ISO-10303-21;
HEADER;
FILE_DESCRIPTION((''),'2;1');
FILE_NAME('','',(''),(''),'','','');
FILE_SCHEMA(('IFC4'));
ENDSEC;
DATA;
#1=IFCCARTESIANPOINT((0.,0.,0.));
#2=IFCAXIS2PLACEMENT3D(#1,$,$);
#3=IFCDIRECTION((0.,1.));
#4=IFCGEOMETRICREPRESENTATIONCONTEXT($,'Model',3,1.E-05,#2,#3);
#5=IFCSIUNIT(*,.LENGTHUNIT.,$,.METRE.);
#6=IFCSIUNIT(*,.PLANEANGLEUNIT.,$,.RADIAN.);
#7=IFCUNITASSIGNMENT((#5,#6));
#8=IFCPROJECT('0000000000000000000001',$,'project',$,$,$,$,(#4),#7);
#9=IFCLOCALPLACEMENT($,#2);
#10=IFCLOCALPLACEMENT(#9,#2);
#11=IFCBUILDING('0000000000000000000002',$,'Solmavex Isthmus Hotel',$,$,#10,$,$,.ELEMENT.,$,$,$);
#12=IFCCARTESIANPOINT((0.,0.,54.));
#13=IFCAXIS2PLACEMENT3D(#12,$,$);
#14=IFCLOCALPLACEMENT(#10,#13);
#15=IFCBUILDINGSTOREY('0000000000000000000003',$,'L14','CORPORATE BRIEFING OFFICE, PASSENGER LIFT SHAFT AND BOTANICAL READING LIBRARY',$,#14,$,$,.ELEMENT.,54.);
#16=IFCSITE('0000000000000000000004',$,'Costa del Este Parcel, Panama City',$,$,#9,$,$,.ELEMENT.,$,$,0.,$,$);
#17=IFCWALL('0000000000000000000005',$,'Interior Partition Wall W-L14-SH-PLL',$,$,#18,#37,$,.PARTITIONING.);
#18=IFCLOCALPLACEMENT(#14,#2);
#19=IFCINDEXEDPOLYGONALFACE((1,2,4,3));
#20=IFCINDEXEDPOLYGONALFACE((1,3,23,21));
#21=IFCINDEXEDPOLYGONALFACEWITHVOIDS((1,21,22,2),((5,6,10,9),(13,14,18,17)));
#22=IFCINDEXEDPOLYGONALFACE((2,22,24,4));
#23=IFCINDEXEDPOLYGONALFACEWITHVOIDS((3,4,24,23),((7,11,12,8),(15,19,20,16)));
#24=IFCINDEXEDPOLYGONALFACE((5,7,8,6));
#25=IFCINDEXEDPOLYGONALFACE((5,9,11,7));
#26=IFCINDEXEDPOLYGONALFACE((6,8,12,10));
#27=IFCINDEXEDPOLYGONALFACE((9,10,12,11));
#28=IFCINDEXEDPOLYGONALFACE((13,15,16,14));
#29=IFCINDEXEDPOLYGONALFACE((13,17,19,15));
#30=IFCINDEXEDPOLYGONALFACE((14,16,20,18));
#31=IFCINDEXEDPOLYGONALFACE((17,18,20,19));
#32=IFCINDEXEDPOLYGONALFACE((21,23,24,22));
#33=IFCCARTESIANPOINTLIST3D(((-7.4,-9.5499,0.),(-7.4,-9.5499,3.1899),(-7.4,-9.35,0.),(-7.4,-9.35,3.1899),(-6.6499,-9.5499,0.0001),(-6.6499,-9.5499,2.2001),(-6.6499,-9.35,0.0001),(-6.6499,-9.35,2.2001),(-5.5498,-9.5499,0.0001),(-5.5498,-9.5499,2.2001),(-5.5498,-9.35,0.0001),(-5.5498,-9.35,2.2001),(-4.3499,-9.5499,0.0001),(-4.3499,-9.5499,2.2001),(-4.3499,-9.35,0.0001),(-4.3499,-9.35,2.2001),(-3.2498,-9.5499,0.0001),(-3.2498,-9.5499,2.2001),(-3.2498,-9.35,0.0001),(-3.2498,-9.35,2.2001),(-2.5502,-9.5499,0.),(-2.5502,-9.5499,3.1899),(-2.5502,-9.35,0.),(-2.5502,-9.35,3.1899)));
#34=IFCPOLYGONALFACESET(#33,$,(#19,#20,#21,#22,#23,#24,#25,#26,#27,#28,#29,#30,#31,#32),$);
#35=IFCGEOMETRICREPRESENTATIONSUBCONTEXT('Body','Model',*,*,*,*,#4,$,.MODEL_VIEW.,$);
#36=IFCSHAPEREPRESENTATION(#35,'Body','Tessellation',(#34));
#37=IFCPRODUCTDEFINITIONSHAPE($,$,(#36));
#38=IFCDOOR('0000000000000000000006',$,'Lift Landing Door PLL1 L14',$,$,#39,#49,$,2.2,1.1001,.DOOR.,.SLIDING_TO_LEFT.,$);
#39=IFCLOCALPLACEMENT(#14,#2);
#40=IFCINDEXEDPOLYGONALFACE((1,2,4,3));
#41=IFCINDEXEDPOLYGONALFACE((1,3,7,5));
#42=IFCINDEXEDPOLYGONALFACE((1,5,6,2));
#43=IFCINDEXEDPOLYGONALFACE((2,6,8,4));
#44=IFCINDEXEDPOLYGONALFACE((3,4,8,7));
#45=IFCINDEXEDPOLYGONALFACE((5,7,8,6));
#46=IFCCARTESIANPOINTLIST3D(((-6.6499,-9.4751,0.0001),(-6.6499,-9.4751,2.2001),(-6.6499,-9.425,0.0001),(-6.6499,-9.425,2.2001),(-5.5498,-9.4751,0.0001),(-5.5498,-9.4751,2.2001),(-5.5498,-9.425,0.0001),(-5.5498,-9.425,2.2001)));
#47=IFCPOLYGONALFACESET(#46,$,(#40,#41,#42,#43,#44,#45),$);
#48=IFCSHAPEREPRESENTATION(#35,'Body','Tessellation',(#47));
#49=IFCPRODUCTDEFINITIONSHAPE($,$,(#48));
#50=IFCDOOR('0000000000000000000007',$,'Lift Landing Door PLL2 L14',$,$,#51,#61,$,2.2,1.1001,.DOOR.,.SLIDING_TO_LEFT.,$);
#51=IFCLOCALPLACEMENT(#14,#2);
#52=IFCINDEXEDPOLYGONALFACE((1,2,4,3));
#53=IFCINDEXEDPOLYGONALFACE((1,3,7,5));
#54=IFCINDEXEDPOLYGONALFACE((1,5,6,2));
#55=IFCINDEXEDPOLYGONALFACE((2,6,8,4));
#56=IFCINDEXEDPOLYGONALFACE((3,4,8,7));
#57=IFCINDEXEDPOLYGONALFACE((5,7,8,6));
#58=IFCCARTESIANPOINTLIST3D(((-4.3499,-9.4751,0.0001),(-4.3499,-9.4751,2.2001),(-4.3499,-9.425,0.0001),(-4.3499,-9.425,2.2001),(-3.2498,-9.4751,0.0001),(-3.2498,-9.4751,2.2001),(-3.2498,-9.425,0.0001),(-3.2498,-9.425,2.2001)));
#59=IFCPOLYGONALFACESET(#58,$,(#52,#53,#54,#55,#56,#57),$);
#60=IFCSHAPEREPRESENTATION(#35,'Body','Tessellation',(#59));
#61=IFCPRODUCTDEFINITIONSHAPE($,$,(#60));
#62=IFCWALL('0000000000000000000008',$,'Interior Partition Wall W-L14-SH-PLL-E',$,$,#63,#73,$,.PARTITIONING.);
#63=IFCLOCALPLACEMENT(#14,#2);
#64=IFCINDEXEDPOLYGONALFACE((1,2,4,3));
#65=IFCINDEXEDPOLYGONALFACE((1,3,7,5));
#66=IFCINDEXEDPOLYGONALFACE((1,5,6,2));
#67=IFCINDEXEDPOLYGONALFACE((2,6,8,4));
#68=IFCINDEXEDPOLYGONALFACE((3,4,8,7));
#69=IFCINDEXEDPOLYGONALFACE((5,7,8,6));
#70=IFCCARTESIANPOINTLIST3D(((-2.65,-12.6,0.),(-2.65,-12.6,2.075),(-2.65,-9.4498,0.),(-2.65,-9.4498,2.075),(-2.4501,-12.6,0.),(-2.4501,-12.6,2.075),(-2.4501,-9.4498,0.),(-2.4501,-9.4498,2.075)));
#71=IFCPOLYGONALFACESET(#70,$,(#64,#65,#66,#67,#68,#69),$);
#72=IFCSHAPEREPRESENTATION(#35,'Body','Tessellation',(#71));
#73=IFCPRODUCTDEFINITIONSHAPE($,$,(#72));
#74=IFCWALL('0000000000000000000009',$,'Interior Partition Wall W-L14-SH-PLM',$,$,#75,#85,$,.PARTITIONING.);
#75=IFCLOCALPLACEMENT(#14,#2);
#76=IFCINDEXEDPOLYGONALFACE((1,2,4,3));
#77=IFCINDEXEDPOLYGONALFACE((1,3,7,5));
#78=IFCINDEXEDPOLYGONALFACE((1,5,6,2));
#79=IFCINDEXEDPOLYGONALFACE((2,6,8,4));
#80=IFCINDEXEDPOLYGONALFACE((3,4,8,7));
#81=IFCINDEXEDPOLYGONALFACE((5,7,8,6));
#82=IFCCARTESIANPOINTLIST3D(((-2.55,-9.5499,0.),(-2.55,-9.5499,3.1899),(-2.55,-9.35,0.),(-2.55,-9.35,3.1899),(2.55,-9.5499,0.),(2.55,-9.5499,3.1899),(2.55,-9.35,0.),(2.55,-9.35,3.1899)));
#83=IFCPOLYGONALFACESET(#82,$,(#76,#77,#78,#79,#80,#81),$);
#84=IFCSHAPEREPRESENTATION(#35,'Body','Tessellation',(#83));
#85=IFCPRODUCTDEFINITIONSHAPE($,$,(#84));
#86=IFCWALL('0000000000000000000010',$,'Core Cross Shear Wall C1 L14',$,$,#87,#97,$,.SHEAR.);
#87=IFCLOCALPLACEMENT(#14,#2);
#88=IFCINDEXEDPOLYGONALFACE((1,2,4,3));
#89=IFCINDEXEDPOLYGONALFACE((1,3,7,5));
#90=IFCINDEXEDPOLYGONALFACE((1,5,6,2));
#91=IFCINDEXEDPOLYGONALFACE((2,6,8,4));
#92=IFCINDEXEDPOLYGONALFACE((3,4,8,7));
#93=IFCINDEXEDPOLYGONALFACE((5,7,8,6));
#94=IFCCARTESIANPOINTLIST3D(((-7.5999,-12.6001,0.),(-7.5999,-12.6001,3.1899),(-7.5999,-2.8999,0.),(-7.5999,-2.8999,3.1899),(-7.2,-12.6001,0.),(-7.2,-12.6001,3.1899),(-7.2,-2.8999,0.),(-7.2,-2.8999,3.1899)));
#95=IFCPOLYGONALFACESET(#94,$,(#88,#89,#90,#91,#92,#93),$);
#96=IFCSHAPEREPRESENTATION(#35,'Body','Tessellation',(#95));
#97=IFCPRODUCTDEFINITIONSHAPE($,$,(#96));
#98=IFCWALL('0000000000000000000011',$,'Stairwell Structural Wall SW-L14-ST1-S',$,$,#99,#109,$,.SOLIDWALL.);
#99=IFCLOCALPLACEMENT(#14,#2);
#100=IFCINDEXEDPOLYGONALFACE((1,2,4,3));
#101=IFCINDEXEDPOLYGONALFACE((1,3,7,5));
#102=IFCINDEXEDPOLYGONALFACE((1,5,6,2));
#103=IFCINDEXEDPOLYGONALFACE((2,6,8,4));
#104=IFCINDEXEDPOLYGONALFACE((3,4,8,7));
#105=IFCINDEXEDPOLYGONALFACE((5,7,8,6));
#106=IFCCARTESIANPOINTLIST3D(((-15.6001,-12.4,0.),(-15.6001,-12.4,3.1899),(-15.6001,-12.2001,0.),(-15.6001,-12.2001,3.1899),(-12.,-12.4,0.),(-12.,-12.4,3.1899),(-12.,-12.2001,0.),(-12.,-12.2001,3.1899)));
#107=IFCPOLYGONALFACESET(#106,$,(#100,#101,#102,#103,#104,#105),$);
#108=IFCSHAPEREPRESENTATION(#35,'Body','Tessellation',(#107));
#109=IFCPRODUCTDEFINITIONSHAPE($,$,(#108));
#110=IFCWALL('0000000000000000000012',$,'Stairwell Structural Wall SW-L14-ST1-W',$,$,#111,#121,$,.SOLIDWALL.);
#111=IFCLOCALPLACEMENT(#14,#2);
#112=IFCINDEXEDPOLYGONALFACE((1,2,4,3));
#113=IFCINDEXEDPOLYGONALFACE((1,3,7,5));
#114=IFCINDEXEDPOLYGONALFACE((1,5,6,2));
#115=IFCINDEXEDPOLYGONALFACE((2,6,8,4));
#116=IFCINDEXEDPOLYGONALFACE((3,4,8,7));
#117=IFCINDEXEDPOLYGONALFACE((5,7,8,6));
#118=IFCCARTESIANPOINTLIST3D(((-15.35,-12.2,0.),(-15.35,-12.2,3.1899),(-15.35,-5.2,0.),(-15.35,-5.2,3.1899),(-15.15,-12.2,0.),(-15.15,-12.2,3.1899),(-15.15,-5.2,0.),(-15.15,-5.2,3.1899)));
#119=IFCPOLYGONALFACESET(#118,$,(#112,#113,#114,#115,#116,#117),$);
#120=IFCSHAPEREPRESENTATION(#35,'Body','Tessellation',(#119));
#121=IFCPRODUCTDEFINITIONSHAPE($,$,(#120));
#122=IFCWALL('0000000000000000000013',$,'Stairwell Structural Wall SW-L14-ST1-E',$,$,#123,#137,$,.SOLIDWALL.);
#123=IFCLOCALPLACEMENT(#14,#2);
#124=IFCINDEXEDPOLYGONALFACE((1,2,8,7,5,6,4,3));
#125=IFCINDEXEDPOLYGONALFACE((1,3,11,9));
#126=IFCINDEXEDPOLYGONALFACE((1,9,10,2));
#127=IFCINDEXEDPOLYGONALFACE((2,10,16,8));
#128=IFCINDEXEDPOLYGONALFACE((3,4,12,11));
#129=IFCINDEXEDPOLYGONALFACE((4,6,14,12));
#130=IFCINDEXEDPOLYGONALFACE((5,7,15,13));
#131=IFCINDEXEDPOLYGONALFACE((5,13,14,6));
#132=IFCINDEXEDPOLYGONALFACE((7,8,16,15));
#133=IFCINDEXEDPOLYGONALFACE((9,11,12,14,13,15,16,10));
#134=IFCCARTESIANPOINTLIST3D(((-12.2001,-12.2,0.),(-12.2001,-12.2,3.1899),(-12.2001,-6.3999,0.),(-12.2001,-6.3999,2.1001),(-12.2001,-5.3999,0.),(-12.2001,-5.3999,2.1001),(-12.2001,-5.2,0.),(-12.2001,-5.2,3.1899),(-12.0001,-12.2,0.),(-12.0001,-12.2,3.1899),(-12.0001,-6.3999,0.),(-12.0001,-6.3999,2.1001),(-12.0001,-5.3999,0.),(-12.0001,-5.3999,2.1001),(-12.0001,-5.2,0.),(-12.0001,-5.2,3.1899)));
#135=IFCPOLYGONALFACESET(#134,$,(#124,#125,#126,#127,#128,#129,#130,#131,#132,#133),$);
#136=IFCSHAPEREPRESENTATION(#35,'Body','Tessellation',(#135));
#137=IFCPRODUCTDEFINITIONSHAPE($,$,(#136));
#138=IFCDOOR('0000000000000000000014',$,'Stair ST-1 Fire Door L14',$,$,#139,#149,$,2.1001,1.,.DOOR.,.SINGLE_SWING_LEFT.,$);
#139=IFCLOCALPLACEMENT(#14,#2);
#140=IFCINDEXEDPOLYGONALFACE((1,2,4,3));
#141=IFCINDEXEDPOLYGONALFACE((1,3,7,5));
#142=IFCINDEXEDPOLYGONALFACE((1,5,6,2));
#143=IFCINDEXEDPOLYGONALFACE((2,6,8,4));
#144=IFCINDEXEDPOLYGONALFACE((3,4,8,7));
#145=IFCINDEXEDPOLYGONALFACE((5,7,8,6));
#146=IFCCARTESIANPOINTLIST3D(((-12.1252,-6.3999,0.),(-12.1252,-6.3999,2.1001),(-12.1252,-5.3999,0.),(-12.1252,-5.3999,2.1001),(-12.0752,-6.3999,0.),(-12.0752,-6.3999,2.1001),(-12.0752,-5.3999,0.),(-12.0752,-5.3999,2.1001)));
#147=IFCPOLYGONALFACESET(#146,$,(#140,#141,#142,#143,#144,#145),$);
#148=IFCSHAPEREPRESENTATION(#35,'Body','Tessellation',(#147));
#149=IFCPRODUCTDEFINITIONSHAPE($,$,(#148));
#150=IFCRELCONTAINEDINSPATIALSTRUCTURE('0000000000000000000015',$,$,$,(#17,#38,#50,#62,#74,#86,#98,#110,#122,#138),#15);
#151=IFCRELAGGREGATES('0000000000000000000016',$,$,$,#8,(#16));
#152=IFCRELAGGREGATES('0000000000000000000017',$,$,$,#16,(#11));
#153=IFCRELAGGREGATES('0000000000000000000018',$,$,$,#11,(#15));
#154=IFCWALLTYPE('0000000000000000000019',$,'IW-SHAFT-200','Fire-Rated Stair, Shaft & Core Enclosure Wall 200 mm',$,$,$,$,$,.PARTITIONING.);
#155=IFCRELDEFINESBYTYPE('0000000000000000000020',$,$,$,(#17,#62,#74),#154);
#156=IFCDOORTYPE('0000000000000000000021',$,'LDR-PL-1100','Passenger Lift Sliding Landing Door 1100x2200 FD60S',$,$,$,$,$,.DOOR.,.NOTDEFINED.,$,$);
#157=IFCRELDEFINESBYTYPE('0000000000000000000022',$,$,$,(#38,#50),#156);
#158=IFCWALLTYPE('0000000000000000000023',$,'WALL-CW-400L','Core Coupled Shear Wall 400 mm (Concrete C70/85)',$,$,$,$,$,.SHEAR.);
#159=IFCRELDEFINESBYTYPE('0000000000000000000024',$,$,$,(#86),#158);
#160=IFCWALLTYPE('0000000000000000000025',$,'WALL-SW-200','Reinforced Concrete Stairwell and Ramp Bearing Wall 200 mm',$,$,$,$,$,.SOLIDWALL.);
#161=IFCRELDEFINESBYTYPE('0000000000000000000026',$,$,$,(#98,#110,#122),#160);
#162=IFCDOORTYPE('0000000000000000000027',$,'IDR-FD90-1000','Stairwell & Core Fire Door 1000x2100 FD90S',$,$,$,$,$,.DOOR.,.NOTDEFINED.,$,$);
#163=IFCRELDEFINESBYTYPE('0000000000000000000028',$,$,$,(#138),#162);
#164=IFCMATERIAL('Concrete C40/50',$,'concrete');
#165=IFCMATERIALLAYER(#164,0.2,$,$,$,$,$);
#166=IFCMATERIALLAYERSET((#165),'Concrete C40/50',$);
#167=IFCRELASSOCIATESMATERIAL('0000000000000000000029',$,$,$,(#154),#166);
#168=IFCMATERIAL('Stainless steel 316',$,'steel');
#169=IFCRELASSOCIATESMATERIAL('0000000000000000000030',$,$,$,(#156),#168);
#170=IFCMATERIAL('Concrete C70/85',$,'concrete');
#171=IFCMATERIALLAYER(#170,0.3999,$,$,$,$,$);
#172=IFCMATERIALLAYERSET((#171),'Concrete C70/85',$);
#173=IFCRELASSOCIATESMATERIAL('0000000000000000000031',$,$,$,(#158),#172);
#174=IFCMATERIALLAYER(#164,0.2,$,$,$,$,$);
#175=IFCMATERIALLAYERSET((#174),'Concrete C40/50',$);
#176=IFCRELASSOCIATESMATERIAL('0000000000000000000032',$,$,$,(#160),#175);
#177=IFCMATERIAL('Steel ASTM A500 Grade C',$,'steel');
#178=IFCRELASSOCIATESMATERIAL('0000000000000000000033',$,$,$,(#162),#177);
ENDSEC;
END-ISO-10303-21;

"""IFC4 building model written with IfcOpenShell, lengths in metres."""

from ifc_helpers import new_model, si_unit, direction, frame, frame_2d, origin, place, context, subcontext, project, spatial, rectangle, extrude, material, layer, layer_set, type_object, element, fill, save


model = new_model("IFC4")

# Units and contexts
model_context = context("Model", 3, precision=1e-05, world=origin(), true_north=direction((0.0, 1.0)))
body_context = subcontext(model_context, "Body", "Model", "MODEL_VIEW")
ifc_project = project(units=[si_unit("LENGTHUNIT", "METRE"), si_unit("PLANEANGLEUNIT", "RADIAN")], contexts=[model_context])

# Site, building, storey
site_placement = place(None, origin())
site = spatial("IfcSite", under=ifc_project, at=site_placement, Name="Costa del Este Parcel, Panama City", CompositionType="ELEMENT", RefElevation=0.0)
building_placement = place(site_placement, origin())
building = spatial("IfcBuilding", under=site, at=building_placement, Name="Solmavex Isthmus Hotel", CompositionType="ELEMENT")
storey_placement = place(building_placement, frame((0.0, 0.0, 54.0)))
storey = spatial("IfcBuildingStorey", under=building, at=storey_placement, Name="L14", Description="CORPORATE BRIEFING OFFICE, PASSENGER LIFT SHAFT AND BOTANICAL READING LIBRARY", CompositionType="ELEMENT", Elevation=54.0)

# Shared definitions
ifc_material_1 = material(Name="Concrete C70/85", Category="concrete")

# Shared definitions
ifc_material_2 = material(Name="Concrete C40/50", Category="concrete")

# Shared definitions
ifc_layer_1 = layer(ifc_material_2, 0.2)
ifc_layer_set_1 = layer_set([ifc_layer_1], Name="Concrete C40/50")
wall_type_1 = type_object("IfcWallType", Name="IW-SHAFT-200", Description="Fire-Rated Stair, Shaft & Core Enclosure Wall 200 mm", PredefinedType="PARTITIONING", material=ifc_layer_set_1)
ifc_material_3 = material(Name="Stainless steel 316", Category="steel")

# Wall, openings, doors
wall_1_placement = place(storey_placement, frame((-7.3999, -9.45, 0.0), z_axis=(0.0, 0.0, 1.0), x_axis=(1.0, 0.0, 0.0)))
wall_1 = element("IfcWall", 1, at=wall_1_placement, inside=storey, type_object=wall_type_1, Name="Interior Partition Wall W-L14-SH-PLL", PredefinedType="PARTITIONING", context=body_context, shape_type="SweptSolid", body=[
    extrude(rectangle(XDim=4.8499, YDim=0.2, at=frame_2d((2.4248, 0.0))), origin(), (0.0, 0.0, 1.0), 3.1899),
])
opening_1_placement = place(wall_1_placement, frame((0.75, 0.0, 0.0)))
opening_1 = element("IfcOpeningElement", 2, at=opening_1_placement, cuts=wall_1, PredefinedType="OPENING", context=body_context, shape_type="SweptSolid", body=[
    extrude(rectangle(XDim=1.1001, YDim=2.2, at=frame_2d((0.55, 1.1001))), frame((0.0, 0.1099, 0.0), z_axis=(0.0, -1.0, 0.0), x_axis=(1.0, 0.0, 0.0)), (0.0, 0.0, 1.0), 0.22),
])
opening_2_placement = place(wall_1_placement, frame((3.05, 0.0, 0.0)))
opening_2 = element("IfcOpeningElement", 3, at=opening_2_placement, cuts=wall_1, PredefinedType="OPENING", context=body_context, shape_type="SweptSolid", body=[
    extrude(rectangle(XDim=1.1001, YDim=2.2, at=frame_2d((0.55, 1.1001))), frame((0.0, 0.1099, 0.0), z_axis=(0.0, -1.0, 0.0), x_axis=(1.0, 0.0, 0.0)), (0.0, 0.0, 1.0), 0.22),
])
door_type_1 = type_object("IfcDoorType", Name="LDR-PL-1100", Description="Passenger Lift Sliding Landing Door 1100x2200 FD60S", OperationType="NOTDEFINED", PredefinedType="DOOR", material=ifc_material_3)
door_1_placement = place(opening_1_placement, origin())
door_1 = element("IfcDoor", 4, at=door_1_placement, inside=storey, type_object=door_type_1, Name="Lift Landing Door PLL1 L14", OperationType="SLIDING_TO_LEFT", OverallHeight=2.2, OverallWidth=1.1001, PredefinedType="DOOR", context=body_context, shape_type="SweptSolid", body=[
    extrude(rectangle(XDim=1.1001, YDim=2.2, at=frame_2d((0.55, 1.1001))), frame((0.0, 0.0249, 0.0), z_axis=(0.0, -1.0, 0.0), x_axis=(1.0, 0.0, 0.0)), (0.0, 0.0, 1.0), 0.05),
])
fill(opening_1, door_1)
door_2_placement = place(opening_2_placement, origin())
door_2 = element("IfcDoor", 5, at=door_2_placement, inside=storey, type_object=door_type_1, Name="Lift Landing Door PLL2 L14", OperationType="SLIDING_TO_LEFT", OverallHeight=2.2, OverallWidth=1.1001, PredefinedType="DOOR", context=body_context, shape_type="SweptSolid", body=[
    extrude(rectangle(XDim=1.1001, YDim=2.2, at=frame_2d((0.55, 1.1001))), frame((0.0, 0.0249, 0.0), z_axis=(0.0, -1.0, 0.0), x_axis=(1.0, 0.0, 0.0)), (0.0, 0.0, 1.0), 0.05),
])
fill(opening_2, door_2)

# Walls
wall_2_placement = place(storey_placement, frame((-2.55, -12.6001, 0.0), z_axis=(0.0, 0.0, 1.0), x_axis=(0.0, 1.0, 0.0)))
element("IfcWall", 6, at=wall_2_placement, inside=storey, type_object=wall_type_1, Name="Interior Partition Wall W-L14-SH-PLL-E", PredefinedType="PARTITIONING", context=body_context, shape_type="SweptSolid", body=[
    extrude(rectangle(XDim=3.1501, YDim=0.2, at=frame_2d((1.5752, 0.0))), origin(), (0.0, 0.0, 1.0), 2.075),
])
wall_3_placement = place(storey_placement, frame((-2.55, -9.45, 0.0), z_axis=(0.0, 0.0, 1.0), x_axis=(1.0, 0.0, 0.0)))
element("IfcWall", 7, at=wall_3_placement, inside=storey, type_object=wall_type_1, Name="Interior Partition Wall W-L14-SH-PLM", PredefinedType="PARTITIONING", context=body_context, shape_type="SweptSolid", body=[
    extrude(rectangle(XDim=5.1001, YDim=0.2, at=frame_2d((2.55, 0.0))), origin(), (0.0, 0.0, 1.0), 3.1899),
])
ifc_layer_2 = layer(ifc_material_1, 0.3999)
ifc_layer_set_2 = layer_set([ifc_layer_2], Name="Concrete C70/85")
wall_type_2 = type_object("IfcWallType", Name="WALL-CW-400L", Description="Core Coupled Shear Wall 400 mm (Concrete C70/85)", PredefinedType="SHEAR", material=ifc_layer_set_2)
wall_4_placement = place(storey_placement, frame((-7.3999, -12.6001, 0.0), z_axis=(0.0, 0.0, 1.0), x_axis=(0.0, 1.0, 0.0)))
element("IfcWall", 8, at=wall_4_placement, inside=storey, type_object=wall_type_2, Name="Core Cross Shear Wall C1 L14", PredefinedType="SHEAR", context=body_context, shape_type="SweptSolid", body=[
    extrude(rectangle(XDim=9.7002, YDim=0.3999, at=frame_2d((4.8501, 0.0))), origin(), (0.0, 0.0, 1.0), 3.1899),
])
ifc_layer_3 = layer(ifc_material_2, 0.2)
ifc_layer_set_3 = layer_set([ifc_layer_3], Name="Concrete C40/50")
wall_type_3 = type_object("IfcWallType", Name="WALL-SW-200", Description="Reinforced Concrete Stairwell and Ramp Bearing Wall 200 mm", PredefinedType="SOLIDWALL", material=ifc_layer_set_3)
wall_5_placement = place(storey_placement, frame((-15.6001, -12.3, 0.0), z_axis=(0.0, 0.0, 1.0), x_axis=(1.0, 0.0, 0.0)))
element("IfcWall", 9, at=wall_5_placement, inside=storey, type_object=wall_type_3, Name="Stairwell Structural Wall SW-L14-ST1-S", PredefinedType="SOLIDWALL", context=body_context, shape_type="SweptSolid", body=[
    extrude(rectangle(XDim=3.6001, YDim=0.2, at=frame_2d((1.8, 0.0))), origin(), (0.0, 0.0, 1.0), 3.1899),
])
wall_6_placement = place(storey_placement, frame((-15.25, -12.2, 0.0), z_axis=(0.0, 0.0, 1.0), x_axis=(0.0, 1.0, 0.0)))
element("IfcWall", 10, at=wall_6_placement, inside=storey, type_object=wall_type_3, Name="Stairwell Structural Wall SW-L14-ST1-W", PredefinedType="SOLIDWALL", context=body_context, shape_type="SweptSolid", body=[
    extrude(rectangle(XDim=7.0, YDim=0.2, at=frame_2d((3.5, 0.0))), origin(), (0.0, 0.0, 1.0), 3.1899),
])

# Wall, opening, door
wall_7_placement = place(storey_placement, frame((-12.1001, -12.2, 0.0), z_axis=(0.0, 0.0, 1.0), x_axis=(0.0, 1.0, 0.0)))
wall_7 = element("IfcWall", 11, at=wall_7_placement, inside=storey, type_object=wall_type_3, Name="Stairwell Structural Wall SW-L14-ST1-E", PredefinedType="SOLIDWALL", context=body_context, shape_type="SweptSolid", body=[
    extrude(rectangle(XDim=7.0, YDim=0.2, at=frame_2d((3.5, 0.0))), origin(), (0.0, 0.0, 1.0), 3.1899),
])
opening_3_placement = place(wall_7_placement, frame((5.8, 0.0, 0.0)))
opening_3 = element("IfcOpeningElement", 12, at=opening_3_placement, cuts=wall_7, PredefinedType="OPENING", context=body_context, shape_type="SweptSolid", body=[
    extrude(rectangle(XDim=1.0, YDim=2.1001, at=frame_2d((0.5, 1.05))), frame((0.0, 0.1099, 0.0), z_axis=(0.0, -1.0, 0.0), x_axis=(1.0, 0.0, 0.0)), (0.0, 0.0, 1.0), 0.22),
])
ifc_material_4 = material(Name="Steel ASTM A500 Grade C", Category="steel")
door_type_2 = type_object("IfcDoorType", Name="IDR-FD90-1000", Description="Stairwell & Core Fire Door 1000x2100 FD90S", OperationType="NOTDEFINED", PredefinedType="DOOR", material=ifc_material_4)
door_3_placement = place(opening_3_placement, frame((1.0, 0.0, 0.0), z_axis=(0.0, 0.0, 1.0), x_axis=(-1.0, 0.0, 0.0)))
door_3 = element("IfcDoor", 13, at=door_3_placement, inside=storey, type_object=door_type_2, Name="Stair ST-1 Fire Door L14", OperationType="SINGLE_SWING_LEFT", OverallHeight=2.1001, OverallWidth=1.0, PredefinedType="DOOR", context=body_context, shape_type="SweptSolid", body=[
    extrude(rectangle(XDim=1.0, YDim=2.1001, at=frame_2d((0.5, 1.05))), frame((0.0, 0.0249, 0.0), z_axis=(0.0, -1.0, 0.0), x_axis=(1.0, 0.0, 0.0)), (0.0, 0.0, 1.0), 0.05),
])
fill(opening_3, door_3)

save(model, "model.ifc")
